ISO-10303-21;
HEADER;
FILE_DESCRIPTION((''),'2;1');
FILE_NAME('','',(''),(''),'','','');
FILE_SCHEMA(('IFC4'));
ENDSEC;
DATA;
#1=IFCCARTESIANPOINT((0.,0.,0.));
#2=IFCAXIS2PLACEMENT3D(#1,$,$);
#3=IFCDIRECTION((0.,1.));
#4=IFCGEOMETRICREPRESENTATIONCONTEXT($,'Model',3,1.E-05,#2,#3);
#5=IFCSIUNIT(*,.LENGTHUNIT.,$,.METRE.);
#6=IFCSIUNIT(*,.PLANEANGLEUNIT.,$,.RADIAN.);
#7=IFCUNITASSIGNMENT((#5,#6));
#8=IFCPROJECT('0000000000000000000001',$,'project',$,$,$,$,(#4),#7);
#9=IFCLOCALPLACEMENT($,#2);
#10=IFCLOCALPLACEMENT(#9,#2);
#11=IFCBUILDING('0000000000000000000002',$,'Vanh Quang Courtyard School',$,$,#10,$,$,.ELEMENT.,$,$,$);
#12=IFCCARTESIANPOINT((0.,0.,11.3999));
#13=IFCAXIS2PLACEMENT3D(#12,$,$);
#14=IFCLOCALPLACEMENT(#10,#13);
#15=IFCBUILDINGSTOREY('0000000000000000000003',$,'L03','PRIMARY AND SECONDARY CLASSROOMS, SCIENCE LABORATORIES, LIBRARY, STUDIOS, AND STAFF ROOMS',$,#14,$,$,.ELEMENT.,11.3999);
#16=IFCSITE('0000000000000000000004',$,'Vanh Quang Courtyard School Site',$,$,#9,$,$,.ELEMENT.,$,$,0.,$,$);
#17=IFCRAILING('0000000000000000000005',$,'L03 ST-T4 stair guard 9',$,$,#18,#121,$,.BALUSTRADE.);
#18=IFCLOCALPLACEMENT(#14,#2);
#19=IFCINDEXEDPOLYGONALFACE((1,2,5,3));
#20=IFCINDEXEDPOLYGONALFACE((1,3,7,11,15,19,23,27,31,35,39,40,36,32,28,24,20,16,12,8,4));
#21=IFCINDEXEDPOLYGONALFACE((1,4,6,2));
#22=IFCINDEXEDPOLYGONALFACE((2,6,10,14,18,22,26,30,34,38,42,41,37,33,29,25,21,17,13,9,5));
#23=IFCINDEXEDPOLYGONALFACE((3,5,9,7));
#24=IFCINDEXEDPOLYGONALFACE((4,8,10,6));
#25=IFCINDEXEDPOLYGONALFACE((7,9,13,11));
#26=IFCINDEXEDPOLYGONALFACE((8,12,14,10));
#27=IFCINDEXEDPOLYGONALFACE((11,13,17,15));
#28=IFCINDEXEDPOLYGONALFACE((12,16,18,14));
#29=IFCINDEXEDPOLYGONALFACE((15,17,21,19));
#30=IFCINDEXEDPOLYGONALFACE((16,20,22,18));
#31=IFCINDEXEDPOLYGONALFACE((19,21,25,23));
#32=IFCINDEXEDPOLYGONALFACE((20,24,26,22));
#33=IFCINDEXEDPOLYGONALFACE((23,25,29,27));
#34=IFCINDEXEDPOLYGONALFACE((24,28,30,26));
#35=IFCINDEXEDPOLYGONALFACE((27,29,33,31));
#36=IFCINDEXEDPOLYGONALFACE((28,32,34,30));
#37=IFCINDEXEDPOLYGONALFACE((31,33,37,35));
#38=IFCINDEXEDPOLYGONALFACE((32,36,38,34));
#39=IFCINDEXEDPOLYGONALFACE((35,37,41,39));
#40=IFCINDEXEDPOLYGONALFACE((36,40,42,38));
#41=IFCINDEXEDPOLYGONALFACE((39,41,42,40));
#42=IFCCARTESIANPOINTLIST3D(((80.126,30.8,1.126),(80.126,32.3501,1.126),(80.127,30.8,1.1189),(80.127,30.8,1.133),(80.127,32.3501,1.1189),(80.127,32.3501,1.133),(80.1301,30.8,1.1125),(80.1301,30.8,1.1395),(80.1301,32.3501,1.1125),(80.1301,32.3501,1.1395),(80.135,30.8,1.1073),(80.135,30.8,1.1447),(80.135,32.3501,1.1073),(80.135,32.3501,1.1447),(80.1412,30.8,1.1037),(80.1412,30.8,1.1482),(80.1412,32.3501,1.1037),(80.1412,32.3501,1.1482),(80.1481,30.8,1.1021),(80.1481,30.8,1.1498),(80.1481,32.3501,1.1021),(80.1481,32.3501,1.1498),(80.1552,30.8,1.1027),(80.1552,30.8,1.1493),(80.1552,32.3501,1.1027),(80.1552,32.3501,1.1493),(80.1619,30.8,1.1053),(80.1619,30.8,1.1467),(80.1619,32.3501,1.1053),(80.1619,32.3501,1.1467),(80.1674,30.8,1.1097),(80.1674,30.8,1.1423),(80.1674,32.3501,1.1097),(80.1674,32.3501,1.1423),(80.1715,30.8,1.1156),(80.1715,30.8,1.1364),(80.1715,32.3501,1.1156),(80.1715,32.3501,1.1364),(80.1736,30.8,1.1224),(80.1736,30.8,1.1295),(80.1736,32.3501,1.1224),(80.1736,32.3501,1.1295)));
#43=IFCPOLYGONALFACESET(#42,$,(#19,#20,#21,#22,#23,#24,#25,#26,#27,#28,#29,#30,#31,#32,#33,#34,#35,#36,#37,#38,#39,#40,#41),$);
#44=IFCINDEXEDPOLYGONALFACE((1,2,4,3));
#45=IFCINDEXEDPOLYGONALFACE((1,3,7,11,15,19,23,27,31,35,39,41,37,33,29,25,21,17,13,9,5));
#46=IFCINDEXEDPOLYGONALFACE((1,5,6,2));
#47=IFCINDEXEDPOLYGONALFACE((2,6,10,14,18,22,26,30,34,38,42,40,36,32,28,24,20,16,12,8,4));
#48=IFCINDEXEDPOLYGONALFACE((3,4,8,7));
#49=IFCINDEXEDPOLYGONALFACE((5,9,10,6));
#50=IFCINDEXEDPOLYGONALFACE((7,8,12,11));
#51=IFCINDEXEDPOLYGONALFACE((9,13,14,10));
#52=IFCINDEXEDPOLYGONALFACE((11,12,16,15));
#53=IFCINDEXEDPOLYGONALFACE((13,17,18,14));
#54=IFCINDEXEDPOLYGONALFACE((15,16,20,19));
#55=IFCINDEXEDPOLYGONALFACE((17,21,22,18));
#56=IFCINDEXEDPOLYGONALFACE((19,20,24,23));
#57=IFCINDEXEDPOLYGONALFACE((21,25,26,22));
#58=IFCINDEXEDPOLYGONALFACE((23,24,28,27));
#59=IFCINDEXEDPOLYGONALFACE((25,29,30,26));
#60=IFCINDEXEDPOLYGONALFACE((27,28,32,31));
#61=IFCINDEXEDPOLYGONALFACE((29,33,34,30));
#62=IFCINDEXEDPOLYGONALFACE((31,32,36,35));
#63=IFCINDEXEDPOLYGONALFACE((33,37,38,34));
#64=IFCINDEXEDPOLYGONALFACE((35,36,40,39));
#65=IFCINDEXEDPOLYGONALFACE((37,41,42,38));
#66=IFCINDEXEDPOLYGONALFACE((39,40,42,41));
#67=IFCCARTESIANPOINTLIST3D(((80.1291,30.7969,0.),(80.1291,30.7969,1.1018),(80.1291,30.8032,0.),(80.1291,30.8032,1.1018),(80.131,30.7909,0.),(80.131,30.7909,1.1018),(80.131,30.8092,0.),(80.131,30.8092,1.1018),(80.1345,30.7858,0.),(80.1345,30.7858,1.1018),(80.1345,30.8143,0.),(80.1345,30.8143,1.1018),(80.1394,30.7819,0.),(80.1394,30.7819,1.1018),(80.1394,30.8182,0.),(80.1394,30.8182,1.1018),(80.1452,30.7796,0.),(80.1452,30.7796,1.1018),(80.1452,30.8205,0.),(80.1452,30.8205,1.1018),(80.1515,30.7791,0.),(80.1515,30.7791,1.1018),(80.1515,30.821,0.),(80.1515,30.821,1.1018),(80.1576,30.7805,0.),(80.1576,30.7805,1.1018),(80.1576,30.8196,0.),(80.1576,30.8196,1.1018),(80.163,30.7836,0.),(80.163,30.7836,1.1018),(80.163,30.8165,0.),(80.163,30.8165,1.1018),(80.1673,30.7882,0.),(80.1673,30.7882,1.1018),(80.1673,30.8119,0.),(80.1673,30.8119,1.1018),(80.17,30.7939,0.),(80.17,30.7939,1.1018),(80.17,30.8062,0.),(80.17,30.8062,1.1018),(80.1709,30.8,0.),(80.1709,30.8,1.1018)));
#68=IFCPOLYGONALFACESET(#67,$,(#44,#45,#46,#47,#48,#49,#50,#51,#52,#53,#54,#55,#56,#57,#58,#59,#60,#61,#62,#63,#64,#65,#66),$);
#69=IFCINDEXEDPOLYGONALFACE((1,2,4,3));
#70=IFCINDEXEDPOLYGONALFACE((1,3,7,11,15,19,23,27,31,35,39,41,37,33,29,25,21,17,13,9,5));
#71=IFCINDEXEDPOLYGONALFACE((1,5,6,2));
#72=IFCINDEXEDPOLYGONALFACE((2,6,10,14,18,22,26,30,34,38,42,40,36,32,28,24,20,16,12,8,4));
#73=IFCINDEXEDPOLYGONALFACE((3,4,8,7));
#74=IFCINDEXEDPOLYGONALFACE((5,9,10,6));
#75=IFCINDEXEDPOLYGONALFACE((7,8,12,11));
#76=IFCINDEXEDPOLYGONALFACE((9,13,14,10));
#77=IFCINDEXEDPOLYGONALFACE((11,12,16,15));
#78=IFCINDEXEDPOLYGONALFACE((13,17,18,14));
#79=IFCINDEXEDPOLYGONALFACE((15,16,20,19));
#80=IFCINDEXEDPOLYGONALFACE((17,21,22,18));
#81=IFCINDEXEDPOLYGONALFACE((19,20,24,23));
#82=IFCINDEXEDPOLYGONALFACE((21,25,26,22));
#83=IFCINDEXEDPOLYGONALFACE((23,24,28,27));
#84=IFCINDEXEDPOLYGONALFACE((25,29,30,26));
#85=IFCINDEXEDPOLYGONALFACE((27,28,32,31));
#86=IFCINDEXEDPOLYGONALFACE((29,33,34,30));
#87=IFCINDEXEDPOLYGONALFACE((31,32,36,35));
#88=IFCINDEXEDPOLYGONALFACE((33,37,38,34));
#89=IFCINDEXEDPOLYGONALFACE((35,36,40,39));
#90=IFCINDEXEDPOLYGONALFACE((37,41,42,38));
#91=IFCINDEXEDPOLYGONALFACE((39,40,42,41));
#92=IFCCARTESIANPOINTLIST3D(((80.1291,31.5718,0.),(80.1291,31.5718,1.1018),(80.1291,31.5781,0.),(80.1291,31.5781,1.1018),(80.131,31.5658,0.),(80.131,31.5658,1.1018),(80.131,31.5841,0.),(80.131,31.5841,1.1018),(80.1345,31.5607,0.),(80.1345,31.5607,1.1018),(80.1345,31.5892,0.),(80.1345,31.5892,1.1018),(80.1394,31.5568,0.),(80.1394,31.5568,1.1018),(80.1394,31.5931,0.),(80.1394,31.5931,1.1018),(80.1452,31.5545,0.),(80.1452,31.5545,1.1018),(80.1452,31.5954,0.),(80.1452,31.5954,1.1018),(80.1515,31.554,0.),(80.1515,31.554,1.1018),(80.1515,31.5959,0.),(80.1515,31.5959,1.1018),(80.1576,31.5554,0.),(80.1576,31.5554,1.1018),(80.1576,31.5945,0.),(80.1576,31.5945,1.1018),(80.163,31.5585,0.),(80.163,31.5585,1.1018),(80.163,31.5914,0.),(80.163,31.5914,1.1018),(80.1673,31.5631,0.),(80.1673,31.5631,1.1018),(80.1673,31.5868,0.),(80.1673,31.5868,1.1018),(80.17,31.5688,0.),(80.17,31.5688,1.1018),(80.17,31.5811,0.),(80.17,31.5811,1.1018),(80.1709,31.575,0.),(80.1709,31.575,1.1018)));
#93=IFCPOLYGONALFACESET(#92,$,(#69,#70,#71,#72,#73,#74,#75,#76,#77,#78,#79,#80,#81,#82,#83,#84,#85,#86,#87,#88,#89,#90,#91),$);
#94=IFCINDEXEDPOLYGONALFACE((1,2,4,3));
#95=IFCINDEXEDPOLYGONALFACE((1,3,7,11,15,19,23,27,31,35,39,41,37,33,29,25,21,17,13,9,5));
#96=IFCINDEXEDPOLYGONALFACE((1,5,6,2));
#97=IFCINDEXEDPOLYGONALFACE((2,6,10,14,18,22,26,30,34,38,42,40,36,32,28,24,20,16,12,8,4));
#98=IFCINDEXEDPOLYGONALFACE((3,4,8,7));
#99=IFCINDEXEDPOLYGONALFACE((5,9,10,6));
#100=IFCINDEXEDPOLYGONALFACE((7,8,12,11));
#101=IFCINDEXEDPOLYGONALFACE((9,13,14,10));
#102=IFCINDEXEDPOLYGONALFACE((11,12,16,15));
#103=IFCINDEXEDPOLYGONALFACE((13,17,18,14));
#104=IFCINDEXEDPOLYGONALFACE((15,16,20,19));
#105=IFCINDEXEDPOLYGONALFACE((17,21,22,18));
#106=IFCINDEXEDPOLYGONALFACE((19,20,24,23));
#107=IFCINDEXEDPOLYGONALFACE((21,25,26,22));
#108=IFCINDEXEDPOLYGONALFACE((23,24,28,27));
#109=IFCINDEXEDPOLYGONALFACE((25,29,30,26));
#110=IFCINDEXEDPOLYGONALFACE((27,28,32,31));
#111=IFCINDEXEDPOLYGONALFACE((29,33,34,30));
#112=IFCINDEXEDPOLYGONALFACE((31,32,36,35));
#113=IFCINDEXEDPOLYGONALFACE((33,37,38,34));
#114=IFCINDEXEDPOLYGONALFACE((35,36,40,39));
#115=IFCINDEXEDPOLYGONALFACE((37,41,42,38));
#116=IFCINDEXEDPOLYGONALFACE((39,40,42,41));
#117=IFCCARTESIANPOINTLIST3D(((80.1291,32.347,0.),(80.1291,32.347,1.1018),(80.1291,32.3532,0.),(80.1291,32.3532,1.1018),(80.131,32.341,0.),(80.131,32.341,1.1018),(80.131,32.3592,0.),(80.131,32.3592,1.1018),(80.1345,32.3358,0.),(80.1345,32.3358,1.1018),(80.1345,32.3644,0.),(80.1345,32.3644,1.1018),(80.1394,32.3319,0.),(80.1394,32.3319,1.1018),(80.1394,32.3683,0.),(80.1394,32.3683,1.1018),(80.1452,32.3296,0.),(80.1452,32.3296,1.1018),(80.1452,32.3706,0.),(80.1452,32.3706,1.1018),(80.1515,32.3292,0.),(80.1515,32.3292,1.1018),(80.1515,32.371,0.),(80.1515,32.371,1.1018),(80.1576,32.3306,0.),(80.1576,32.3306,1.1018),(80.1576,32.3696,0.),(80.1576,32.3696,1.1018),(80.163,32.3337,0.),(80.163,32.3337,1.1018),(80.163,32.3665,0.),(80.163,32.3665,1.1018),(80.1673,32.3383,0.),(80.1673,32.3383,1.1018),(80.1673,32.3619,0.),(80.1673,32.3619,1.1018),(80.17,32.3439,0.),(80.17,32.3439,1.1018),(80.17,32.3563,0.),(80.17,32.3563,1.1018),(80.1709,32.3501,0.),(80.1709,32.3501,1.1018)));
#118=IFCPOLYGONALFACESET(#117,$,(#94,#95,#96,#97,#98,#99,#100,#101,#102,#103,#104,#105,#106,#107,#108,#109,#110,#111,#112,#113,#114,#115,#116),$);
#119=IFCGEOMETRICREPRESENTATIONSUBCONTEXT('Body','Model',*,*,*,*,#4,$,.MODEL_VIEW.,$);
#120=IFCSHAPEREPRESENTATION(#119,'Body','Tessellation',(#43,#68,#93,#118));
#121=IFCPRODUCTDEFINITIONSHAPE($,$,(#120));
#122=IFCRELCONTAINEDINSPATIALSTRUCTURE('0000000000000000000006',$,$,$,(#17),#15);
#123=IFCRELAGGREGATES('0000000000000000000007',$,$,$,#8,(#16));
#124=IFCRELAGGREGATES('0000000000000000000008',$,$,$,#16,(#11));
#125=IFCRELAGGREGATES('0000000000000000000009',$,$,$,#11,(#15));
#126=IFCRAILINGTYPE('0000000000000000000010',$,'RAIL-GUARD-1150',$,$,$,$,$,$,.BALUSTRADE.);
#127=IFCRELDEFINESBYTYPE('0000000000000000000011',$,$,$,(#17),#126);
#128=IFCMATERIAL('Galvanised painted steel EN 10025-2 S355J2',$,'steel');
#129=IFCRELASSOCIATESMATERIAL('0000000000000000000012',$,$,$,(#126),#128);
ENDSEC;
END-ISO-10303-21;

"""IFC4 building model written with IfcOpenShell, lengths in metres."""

from ifc_helpers import new_model, si_unit, direction, frame, origin, origin_2d, place, context, subcontext, project, spatial, circle, extrude, material, type_object, element, save


model = new_model("IFC4")

# Units and contexts
model_context = context("Model", 3, precision=1e-05, world=origin(), true_north=direction((0.0, 1.0)))
body_context = subcontext(model_context, "Body", "Model", "MODEL_VIEW")
ifc_project = project(units=[si_unit("LENGTHUNIT", "METRE"), si_unit("PLANEANGLEUNIT", "RADIAN")], contexts=[model_context])

# Site, building, storey
site_placement = place(None, origin())
site = spatial("IfcSite", under=ifc_project, at=site_placement, Name="Vanh Quang Courtyard School Site", CompositionType="ELEMENT", RefElevation=0.0)
building_placement = place(site_placement, origin())
building = spatial("IfcBuilding", under=site, at=building_placement, Name="Vanh Quang Courtyard School", CompositionType="ELEMENT")
storey_placement = place(building_placement, frame((0.0, 0.0, 11.3999)))
storey = spatial("IfcBuildingStorey", under=building, at=storey_placement, Name="L03", Description="PRIMARY AND SECONDARY CLASSROOMS, SCIENCE LABORATORIES, LIBRARY, STUDIOS, AND STAFF ROOMS", CompositionType="ELEMENT", Elevation=11.3999)

# Railing
ifc_material_1 = material(Name="Galvanised painted steel EN 10025-2 S355J2", Category="steel")
railing_type_1 = type_object("IfcRailingType", Name="RAIL-GUARD-1150", PredefinedType="BALUSTRADE", material=ifc_material_1)
for number, where, name in (
    (1, (80.1499, 30.8, 0.0), "L03 ST-T4 stair guard 9"),
):
    element("IfcRailing", number, at=place(storey_placement, frame(where)), inside=storey, type_object=railing_type_1, Name=name, PredefinedType="BALUSTRADE", context=body_context, shape_type="SweptSolid", body=[
        extrude(circle(Radius=0.0239, at=origin_2d()), frame((0.0, 0.0, 1.126), z_axis=(0.0, 1.0, 0.0), x_axis=(-1.0, 0.0, 0.0)), (0.0, 0.0, 1.0), 1.55),
        extrude(circle(Radius=0.021, at=origin_2d()), origin(), (0.0, 0.0, 1.0), 1.1018),
        extrude(circle(Radius=0.021, at=origin_2d()), frame((0.0, 0.7749, 0.0)), (0.0, 0.0, 1.0), 1.1018),
        extrude(circle(Radius=0.021, at=origin_2d()), frame((0.0, 1.55, 0.0)), (0.0, 0.0, 1.0), 1.1018),
    ])

save(model, "model.ifc")
